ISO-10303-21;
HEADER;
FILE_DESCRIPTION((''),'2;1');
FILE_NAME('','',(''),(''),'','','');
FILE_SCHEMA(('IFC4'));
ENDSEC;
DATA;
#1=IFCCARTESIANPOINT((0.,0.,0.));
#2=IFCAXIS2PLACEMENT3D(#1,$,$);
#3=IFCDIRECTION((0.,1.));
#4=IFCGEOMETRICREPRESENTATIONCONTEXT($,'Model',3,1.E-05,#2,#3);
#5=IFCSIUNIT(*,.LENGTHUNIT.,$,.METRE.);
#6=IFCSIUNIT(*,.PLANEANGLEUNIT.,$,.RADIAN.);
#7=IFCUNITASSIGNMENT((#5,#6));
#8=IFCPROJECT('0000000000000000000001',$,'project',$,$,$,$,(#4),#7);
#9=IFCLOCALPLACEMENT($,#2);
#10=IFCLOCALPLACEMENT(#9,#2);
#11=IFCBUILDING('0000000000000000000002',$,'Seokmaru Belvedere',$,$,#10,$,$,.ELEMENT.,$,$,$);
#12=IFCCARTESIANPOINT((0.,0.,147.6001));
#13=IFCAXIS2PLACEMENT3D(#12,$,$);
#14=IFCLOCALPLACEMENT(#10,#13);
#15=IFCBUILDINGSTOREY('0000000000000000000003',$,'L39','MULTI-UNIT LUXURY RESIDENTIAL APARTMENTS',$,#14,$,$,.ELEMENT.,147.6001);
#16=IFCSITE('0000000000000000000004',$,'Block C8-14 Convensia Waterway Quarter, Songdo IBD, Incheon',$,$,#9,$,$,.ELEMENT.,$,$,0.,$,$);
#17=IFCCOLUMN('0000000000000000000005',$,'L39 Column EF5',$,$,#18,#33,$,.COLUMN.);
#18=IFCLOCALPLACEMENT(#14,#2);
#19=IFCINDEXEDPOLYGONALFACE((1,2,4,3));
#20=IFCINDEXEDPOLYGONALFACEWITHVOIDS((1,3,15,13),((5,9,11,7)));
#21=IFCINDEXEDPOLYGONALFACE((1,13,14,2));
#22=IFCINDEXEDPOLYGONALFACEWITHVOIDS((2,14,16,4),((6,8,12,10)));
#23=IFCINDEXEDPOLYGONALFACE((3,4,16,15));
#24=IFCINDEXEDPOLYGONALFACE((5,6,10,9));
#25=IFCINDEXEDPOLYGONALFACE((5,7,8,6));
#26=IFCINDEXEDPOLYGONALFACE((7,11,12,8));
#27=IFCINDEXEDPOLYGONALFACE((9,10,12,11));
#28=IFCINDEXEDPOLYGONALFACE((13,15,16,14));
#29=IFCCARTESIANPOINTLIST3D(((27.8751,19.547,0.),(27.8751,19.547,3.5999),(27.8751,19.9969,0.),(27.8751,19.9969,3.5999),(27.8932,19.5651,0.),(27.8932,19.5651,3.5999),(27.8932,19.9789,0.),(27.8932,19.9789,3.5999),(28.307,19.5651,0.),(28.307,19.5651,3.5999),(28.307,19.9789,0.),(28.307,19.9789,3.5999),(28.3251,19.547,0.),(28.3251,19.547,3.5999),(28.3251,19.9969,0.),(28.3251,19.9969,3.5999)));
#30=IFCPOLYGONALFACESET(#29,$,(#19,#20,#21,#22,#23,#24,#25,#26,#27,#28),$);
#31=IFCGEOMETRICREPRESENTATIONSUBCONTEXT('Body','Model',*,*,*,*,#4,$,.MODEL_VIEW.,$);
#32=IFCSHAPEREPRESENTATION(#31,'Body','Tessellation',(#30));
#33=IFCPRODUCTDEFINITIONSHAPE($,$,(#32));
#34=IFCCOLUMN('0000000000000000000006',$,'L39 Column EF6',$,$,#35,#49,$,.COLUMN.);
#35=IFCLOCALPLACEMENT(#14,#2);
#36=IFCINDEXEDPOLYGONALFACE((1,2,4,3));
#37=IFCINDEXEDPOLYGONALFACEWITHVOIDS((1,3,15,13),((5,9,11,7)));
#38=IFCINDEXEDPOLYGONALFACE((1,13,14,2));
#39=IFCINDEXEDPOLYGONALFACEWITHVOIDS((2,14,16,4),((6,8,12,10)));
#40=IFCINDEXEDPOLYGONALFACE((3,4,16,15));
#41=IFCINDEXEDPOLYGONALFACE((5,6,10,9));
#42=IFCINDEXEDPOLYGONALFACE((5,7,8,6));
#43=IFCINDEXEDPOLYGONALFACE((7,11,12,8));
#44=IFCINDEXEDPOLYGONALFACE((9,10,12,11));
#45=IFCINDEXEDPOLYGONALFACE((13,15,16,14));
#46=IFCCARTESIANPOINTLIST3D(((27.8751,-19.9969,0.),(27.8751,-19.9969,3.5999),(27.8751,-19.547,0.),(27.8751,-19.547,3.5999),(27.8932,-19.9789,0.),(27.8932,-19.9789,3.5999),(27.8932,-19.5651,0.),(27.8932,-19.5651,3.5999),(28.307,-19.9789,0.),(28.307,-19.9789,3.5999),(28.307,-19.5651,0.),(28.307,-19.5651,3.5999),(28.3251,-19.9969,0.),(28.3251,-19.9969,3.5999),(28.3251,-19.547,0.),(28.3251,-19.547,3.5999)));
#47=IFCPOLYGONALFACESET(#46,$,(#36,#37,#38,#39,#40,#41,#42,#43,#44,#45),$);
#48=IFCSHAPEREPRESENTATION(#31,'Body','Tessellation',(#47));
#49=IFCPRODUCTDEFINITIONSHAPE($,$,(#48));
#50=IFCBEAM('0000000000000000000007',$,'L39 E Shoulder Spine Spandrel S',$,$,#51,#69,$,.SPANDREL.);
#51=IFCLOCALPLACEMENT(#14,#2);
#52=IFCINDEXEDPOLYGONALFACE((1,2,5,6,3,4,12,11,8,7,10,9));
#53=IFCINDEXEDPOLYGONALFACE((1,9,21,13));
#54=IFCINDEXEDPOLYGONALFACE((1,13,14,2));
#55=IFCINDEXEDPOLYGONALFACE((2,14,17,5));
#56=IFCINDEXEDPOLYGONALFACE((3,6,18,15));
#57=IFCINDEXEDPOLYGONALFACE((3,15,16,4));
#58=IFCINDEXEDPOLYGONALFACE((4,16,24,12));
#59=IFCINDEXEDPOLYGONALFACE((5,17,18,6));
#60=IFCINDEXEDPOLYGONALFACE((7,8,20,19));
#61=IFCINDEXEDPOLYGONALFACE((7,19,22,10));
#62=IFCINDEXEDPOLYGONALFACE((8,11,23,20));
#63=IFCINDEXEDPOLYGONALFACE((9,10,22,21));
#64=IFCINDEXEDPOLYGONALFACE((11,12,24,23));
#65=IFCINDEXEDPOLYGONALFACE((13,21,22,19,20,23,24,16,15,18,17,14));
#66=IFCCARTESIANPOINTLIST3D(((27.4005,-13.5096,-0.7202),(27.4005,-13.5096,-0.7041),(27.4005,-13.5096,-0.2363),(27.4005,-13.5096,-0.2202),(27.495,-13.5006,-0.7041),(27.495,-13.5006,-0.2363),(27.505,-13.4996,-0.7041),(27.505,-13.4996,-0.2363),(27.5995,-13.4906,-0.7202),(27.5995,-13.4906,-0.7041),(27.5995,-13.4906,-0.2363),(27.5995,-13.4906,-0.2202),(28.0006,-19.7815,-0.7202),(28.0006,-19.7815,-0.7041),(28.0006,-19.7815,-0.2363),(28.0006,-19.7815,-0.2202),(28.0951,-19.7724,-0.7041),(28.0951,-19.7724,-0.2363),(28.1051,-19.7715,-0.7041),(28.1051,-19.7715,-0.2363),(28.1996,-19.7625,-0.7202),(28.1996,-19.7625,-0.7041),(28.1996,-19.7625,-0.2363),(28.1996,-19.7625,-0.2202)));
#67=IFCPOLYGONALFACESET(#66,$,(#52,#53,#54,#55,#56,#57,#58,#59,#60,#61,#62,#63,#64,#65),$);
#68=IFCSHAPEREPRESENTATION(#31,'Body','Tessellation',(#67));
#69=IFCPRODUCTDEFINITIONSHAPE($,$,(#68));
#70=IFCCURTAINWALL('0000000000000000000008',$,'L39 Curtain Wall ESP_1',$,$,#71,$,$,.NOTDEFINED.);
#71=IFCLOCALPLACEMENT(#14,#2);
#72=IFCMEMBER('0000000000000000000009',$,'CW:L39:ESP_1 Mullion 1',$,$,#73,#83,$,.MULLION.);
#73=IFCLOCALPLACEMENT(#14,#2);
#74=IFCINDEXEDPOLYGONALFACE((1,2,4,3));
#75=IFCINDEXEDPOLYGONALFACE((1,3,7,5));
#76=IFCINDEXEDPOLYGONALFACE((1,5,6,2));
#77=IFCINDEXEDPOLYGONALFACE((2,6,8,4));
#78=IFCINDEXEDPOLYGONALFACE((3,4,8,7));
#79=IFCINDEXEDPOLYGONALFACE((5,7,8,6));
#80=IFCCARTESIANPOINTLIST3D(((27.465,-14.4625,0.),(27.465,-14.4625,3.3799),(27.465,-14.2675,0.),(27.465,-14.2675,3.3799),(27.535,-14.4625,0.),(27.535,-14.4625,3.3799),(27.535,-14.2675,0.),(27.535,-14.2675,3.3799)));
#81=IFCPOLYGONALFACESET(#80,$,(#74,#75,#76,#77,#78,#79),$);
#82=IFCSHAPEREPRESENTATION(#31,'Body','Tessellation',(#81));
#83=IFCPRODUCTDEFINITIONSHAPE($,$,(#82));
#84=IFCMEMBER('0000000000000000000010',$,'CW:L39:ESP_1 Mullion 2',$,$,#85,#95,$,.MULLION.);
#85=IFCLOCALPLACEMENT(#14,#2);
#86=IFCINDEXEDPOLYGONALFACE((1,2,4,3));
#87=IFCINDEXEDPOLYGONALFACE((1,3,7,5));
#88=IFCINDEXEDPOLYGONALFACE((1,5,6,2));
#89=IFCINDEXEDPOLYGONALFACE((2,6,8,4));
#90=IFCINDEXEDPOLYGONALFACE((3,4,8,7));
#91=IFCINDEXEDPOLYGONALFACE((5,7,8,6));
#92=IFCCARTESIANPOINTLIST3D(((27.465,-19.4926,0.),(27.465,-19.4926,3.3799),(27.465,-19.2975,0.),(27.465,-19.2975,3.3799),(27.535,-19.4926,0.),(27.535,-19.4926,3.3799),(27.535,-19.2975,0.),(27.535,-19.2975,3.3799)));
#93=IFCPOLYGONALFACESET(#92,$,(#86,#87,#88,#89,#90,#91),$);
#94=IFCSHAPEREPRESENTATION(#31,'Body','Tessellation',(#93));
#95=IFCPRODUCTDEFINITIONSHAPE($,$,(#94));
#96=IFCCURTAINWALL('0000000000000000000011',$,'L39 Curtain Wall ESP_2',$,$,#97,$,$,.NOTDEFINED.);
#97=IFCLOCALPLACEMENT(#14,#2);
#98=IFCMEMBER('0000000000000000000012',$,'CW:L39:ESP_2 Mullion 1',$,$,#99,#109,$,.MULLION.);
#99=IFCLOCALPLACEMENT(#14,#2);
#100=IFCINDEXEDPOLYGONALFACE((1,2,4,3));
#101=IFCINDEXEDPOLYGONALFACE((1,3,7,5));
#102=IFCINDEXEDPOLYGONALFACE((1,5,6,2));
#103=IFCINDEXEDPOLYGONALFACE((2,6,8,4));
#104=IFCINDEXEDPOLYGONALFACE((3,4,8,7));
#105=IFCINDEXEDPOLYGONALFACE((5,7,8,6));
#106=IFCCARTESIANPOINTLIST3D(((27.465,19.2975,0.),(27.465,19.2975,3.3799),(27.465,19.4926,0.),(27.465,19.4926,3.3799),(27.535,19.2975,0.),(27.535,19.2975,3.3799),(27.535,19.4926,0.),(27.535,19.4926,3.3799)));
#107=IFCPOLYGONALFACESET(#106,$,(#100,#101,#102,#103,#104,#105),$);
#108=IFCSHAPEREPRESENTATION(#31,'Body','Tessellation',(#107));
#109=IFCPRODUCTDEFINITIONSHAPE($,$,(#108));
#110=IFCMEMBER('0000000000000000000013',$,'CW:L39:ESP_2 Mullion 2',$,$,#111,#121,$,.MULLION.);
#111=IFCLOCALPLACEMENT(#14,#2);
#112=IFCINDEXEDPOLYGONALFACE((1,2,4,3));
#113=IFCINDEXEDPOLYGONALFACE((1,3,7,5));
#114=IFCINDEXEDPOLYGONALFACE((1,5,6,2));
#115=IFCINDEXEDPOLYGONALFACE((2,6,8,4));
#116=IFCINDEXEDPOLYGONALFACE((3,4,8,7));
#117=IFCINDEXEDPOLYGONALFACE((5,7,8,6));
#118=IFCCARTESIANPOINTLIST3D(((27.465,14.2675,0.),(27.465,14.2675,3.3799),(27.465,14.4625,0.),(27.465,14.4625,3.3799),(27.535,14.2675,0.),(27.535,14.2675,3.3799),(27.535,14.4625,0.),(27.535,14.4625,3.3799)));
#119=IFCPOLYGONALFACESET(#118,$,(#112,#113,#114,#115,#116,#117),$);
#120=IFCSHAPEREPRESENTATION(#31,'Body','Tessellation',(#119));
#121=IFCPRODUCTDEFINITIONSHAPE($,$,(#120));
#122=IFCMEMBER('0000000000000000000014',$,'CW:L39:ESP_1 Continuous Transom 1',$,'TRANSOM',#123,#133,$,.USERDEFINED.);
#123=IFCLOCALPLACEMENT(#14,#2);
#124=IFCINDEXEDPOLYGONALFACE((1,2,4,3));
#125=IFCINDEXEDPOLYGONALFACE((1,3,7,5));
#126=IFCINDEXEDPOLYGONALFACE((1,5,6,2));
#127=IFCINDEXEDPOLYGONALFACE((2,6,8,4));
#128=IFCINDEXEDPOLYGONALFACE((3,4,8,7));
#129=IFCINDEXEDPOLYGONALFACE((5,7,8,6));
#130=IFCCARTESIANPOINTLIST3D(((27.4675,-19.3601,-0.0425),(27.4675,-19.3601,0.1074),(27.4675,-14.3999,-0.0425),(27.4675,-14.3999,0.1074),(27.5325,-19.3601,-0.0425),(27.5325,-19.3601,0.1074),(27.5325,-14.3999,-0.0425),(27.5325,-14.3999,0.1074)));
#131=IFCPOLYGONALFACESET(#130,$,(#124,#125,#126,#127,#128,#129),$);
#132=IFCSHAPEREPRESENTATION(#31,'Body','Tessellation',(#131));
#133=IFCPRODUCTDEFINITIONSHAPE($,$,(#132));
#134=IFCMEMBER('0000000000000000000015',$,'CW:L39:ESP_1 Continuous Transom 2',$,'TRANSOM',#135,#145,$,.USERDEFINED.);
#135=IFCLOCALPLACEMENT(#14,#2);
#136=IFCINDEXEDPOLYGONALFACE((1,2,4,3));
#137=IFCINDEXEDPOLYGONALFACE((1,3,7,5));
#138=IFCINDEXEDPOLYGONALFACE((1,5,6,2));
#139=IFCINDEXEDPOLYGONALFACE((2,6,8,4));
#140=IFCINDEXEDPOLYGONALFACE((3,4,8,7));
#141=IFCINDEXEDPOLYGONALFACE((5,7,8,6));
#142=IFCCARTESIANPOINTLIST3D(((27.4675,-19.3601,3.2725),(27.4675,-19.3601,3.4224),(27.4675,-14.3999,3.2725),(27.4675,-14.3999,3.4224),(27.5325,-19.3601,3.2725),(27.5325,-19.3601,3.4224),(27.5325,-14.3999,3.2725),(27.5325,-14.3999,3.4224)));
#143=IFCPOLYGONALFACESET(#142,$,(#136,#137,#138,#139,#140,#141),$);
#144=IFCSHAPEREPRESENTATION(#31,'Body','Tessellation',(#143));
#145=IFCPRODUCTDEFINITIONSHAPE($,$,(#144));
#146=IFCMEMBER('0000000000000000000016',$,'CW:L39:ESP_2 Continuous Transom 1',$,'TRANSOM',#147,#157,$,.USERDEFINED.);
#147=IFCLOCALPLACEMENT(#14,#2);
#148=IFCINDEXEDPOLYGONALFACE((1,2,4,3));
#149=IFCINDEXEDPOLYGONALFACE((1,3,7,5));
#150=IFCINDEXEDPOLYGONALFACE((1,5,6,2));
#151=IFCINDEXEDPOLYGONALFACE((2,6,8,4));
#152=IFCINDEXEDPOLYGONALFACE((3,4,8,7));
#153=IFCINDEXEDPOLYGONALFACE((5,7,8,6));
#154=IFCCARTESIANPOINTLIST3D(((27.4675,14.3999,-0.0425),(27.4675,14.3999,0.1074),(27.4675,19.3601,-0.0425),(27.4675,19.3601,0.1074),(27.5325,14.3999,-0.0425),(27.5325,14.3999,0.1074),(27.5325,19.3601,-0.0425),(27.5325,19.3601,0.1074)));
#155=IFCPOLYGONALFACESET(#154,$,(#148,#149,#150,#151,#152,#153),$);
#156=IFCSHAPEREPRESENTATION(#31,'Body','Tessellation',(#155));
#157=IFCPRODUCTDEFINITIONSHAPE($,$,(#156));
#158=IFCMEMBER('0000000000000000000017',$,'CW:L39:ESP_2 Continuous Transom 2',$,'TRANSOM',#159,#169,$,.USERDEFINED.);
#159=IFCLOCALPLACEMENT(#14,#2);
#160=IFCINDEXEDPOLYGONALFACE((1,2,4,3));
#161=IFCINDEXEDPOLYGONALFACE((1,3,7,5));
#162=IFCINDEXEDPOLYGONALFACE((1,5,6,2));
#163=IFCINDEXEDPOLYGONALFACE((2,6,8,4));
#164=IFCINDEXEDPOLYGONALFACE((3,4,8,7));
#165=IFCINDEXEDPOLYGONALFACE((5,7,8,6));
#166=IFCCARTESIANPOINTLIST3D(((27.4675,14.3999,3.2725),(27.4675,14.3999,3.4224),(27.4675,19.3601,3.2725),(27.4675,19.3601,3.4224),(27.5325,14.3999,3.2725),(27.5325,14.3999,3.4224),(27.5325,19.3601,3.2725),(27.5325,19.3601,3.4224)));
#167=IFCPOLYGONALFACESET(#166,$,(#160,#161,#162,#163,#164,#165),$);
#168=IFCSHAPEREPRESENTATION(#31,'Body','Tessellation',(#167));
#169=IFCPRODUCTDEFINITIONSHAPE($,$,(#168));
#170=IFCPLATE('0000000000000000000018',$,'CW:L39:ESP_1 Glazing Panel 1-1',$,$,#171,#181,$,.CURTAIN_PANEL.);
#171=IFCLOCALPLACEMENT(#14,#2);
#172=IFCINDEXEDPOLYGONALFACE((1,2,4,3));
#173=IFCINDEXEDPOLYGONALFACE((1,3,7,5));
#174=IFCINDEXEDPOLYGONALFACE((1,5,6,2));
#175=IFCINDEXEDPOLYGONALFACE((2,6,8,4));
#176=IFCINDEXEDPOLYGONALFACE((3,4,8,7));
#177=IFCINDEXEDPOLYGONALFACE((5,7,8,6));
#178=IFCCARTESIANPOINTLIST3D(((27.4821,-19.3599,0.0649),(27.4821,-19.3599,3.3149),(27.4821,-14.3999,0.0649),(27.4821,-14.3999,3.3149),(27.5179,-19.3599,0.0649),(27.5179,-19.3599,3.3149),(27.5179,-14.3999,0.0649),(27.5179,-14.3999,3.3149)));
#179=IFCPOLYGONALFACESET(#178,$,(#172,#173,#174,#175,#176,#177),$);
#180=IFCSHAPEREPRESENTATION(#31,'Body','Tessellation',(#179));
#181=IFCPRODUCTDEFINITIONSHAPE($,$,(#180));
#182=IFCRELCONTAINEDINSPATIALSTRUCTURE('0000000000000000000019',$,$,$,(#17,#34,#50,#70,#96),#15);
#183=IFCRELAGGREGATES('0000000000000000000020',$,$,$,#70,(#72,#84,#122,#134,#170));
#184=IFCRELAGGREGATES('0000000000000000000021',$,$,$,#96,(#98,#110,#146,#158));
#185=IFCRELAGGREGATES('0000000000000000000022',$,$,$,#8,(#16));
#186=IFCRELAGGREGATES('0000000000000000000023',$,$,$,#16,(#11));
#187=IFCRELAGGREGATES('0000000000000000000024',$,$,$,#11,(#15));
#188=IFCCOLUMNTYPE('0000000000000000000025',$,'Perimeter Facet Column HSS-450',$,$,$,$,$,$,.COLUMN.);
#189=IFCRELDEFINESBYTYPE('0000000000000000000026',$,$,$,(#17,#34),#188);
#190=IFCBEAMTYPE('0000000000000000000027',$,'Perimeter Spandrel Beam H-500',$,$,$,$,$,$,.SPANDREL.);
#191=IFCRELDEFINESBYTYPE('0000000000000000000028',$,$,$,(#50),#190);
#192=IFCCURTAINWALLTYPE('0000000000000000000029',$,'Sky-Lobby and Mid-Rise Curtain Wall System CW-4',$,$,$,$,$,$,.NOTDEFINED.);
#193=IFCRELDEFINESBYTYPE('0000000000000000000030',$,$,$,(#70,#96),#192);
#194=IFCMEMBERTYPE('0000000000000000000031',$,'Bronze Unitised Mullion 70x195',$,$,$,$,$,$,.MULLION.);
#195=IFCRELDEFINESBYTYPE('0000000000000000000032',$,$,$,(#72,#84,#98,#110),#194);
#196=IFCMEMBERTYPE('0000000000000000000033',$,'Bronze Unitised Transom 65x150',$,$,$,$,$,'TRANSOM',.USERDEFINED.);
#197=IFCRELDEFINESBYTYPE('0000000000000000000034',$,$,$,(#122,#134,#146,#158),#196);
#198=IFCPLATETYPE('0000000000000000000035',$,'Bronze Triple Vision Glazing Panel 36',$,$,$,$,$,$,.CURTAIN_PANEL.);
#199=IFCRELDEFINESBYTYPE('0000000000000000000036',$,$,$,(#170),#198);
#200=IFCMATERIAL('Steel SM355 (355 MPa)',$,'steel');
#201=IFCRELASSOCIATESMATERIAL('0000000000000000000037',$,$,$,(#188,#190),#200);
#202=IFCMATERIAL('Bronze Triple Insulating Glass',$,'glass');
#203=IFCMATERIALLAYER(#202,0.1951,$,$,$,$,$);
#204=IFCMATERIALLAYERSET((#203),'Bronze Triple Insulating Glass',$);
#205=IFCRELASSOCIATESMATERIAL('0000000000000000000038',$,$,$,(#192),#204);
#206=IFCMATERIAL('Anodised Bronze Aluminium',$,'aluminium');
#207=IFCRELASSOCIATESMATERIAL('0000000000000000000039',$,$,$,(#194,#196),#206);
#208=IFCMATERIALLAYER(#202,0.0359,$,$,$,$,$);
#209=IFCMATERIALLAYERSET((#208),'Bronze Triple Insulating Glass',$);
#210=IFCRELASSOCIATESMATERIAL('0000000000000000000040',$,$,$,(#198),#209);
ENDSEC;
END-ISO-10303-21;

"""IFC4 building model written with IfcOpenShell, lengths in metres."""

from ifc_helpers import new_model, si_unit, direction, frame, origin, origin_2d, place, context, subcontext, project, spatial, rectangle, hollow_rectangle, i_section, extrude, source, transform, mapped, material, layer, layer_set, material_profile, profile_set, type_object, type_shapes, element, aggregate, save


model = new_model("IFC4")

# Units and contexts
model_context = context("Model", 3, precision=1e-05, world=origin(), true_north=direction((0.0, 1.0)))
body_context = subcontext(model_context, "Body", "Model", "MODEL_VIEW")
ifc_project = project(units=[si_unit("LENGTHUNIT", "METRE"), si_unit("PLANEANGLEUNIT", "RADIAN")], contexts=[model_context])

# Site, building, storey
site_placement = place(None, origin())
site = spatial("IfcSite", under=ifc_project, at=site_placement, Name="Block C8-14 Convensia Waterway Quarter, Songdo IBD, Incheon", CompositionType="ELEMENT", RefElevation=0.0)
building_placement = place(site_placement, origin())
building = spatial("IfcBuilding", under=site, at=building_placement, Name="Seokmaru Belvedere", CompositionType="ELEMENT")
storey_placement = place(building_placement, frame((0.0, 0.0, 147.6001)))
storey = spatial("IfcBuildingStorey", under=building, at=storey_placement, Name="L39", Description="MULTI-UNIT LUXURY RESIDENTIAL APARTMENTS", CompositionType="ELEMENT", Elevation=147.6001)

# Columns
ifc_material_1 = material(Name="Steel SM355 (355 MPa)", Category="steel")
ifc_material_profile_1 = material_profile(ifc_material_1, hollow_rectangle(XDim=0.45, YDim=0.45, WallThickness=0.0181, at=origin_2d()), Name="HSS-450x450x18")
ifc_profile_set_1 = profile_set([ifc_material_profile_1], Name="Steel SM355 (355 MPa)")
column_type = type_object("IfcColumnType", Name="Perimeter Facet Column HSS-450", PredefinedType="COLUMN", material=ifc_profile_set_1)
shared_shape_1 = source(origin(), body_context, "Body", "SweptSolid", [
    extrude(hollow_rectangle(XDim=0.45, YDim=0.45, WallThickness=0.0181, at=origin_2d()), origin(), (0.0, 0.0, 1.0), 3.5999),
])
type_shapes(column_type, [shared_shape_1])
for number, where, z_axis, x_axis, name in (
    (1, (28.1001, 19.772, 0.0), (0.0, 0.0, 1.0), (1.0, 0.0, 0.0), "L39 Column EF5"),
    (2, (28.1001, -19.772, 0.0), (0.0, 0.0, 1.0), (1.0, 0.0, 0.0), "L39 Column EF6"),
):
    element("IfcColumn", number, at=place(storey_placement, frame(where, z_axis=z_axis, x_axis=x_axis)), inside=storey, type_object=column_type, Name=name, PredefinedType="COLUMN", context=body_context, shape_type="MappedRepresentation", body=[
        mapped(shared_shape_1, transform((0.0, 0.0, 0.0), scale=1.0)),
    ])

# Beam
ifc_material_profile_2 = material_profile(ifc_material_1, i_section(OverallWidth=0.2, OverallDepth=0.5, WebThickness=0.01, FlangeThickness=0.0161, at=origin_2d()), Name="H-500x200x10x16")
ifc_profile_set_2 = profile_set([ifc_material_profile_2], Name="Steel SM355 (355 MPa)")
beam_type = type_object("IfcBeamType", Name="Perimeter Spandrel Beam H-500", PredefinedType="SPANDREL", material=ifc_profile_set_2)
shared_shape_2 = source(origin(), body_context, "Body", "SweptSolid", [
    extrude(i_section(OverallWidth=0.2, OverallDepth=0.5, WebThickness=0.01, FlangeThickness=0.0161, at=origin_2d()), origin(), (0.0, 0.0, 1.0), 6.3005),
])
type_shapes(beam_type, [shared_shape_2])
beam_placement = place(storey_placement, frame((28.1001, -19.772, -0.4702), z_axis=(-0.095244, 0.995454, 0.0), x_axis=(-0.995454, -0.095244, 0.0)))
element("IfcBeam", 3, at=beam_placement, inside=storey, type_object=beam_type, Name="L39 E Shoulder Spine Spandrel S", PredefinedType="SPANDREL", context=body_context, shape_type="MappedRepresentation", body=[
    mapped(shared_shape_2, transform((0.0, 0.0, 0.0), scale=1.0)),
])

# Curtain walls, members
ifc_material_2 = material(Name="Bronze Triple Insulating Glass", Category="glass")
ifc_layer_1 = layer(ifc_material_2, 0.1951)
ifc_layer_set_1 = layer_set([ifc_layer_1], Name="Bronze Triple Insulating Glass")
curtain_wall_type = type_object("IfcCurtainWallType", Name="Sky-Lobby and Mid-Rise Curtain Wall System CW-4", PredefinedType="NOTDEFINED", material=ifc_layer_set_1)
curtain_wall_1_placement = place(storey_placement, origin())
curtain_wall_1 = element("IfcCurtainWall", 4, at=curtain_wall_1_placement, inside=storey, type_object=curtain_wall_type, Name="L39 Curtain Wall ESP_1", PredefinedType="NOTDEFINED")
ifc_material_3 = material(Name="Anodised Bronze Aluminium", Category="aluminium")
ifc_material_profile_3 = material_profile(ifc_material_3, rectangle(XDim=0.0701, YDim=0.1951, at=origin_2d()), Name="CW-M-70x195")
ifc_profile_set_3 = profile_set([ifc_material_profile_3], Name="Anodised Bronze Aluminium")
member_type_1 = type_object("IfcMemberType", Name="Bronze Unitised Mullion 70x195", PredefinedType="MULLION", material=ifc_profile_set_3)
shared_shape_3 = source(origin(), body_context, "Body", "SweptSolid", [
    extrude(rectangle(XDim=0.0701, YDim=0.1951, at=origin_2d()), origin(), (0.0, 0.0, 1.0), 3.3799),
])
type_shapes(member_type_1, [shared_shape_3])
member_1_placement = place(storey_placement, frame((27.5, -14.365, 0.0), z_axis=(0.0, 0.0, 1.0), x_axis=(1.0, 0.0, 0.0)))
member_1 = element("IfcMember", 5, at=member_1_placement, type_object=member_type_1, Name="CW:L39:ESP_1 Mullion 1", PredefinedType="MULLION", context=body_context, shape_type="MappedRepresentation", body=[
    mapped(shared_shape_3, transform((0.0, 0.0, 0.0), scale=1.0)),
])
member_2_placement = place(storey_placement, frame((27.5, -19.395, 0.0), z_axis=(0.0, 0.0, 1.0), x_axis=(1.0, 0.0, 0.0)))
member_2 = element("IfcMember", 6, at=member_2_placement, type_object=member_type_1, Name="CW:L39:ESP_1 Mullion 2", PredefinedType="MULLION", context=body_context, shape_type="MappedRepresentation", body=[
    mapped(shared_shape_3, transform((0.0, 0.0, 0.0), scale=1.0)),
])
curtain_wall_2_placement = place(storey_placement, origin())
curtain_wall_2 = element("IfcCurtainWall", 7, at=curtain_wall_2_placement, inside=storey, type_object=curtain_wall_type, Name="L39 Curtain Wall ESP_2", PredefinedType="NOTDEFINED")
member_3_placement = place(storey_placement, frame((27.5, 19.395, 0.0), z_axis=(0.0, 0.0, 1.0), x_axis=(1.0, 0.0, 0.0)))
member_3 = element("IfcMember", 8, at=member_3_placement, type_object=member_type_1, Name="CW:L39:ESP_2 Mullion 1", PredefinedType="MULLION", context=body_context, shape_type="MappedRepresentation", body=[
    mapped(shared_shape_3, transform((0.0, 0.0, 0.0), scale=1.0)),
])
member_4_placement = place(storey_placement, frame((27.5, 14.365, 0.0), z_axis=(0.0, 0.0, 1.0), x_axis=(1.0, 0.0, 0.0)))
member_4 = element("IfcMember", 9, at=member_4_placement, type_object=member_type_1, Name="CW:L39:ESP_2 Mullion 2", PredefinedType="MULLION", context=body_context, shape_type="MappedRepresentation", body=[
    mapped(shared_shape_3, transform((0.0, 0.0, 0.0), scale=1.0)),
])

# Members
ifc_material_profile_4 = material_profile(ifc_material_3, rectangle(XDim=0.0649, YDim=0.1499, at=origin_2d()), Name="CW-T-65x150")
ifc_profile_set_4 = profile_set([ifc_material_profile_4], Name="Anodised Bronze Aluminium")
member_type_2 = type_object("IfcMemberType", Name="Bronze Unitised Transom 65x150", ElementType="TRANSOM", PredefinedType="USERDEFINED", material=ifc_profile_set_4)
shared_shape_4 = source(origin(), body_context, "Body", "SweptSolid", [
    extrude(rectangle(XDim=0.0649, YDim=0.1499, at=origin_2d()), origin(), (0.0, 0.0, 1.0), 4.9602),
])
type_shapes(member_type_2, [shared_shape_4])
member_5_placement = place(storey_placement, frame((27.5, -14.3999, 0.0325), z_axis=(0.0, -1.0, 0.0), x_axis=(1.0, 0.0, 0.0)))
member_5 = element("IfcMember", 10, at=member_5_placement, type_object=member_type_2, Name="CW:L39:ESP_1 Continuous Transom 1", ObjectType="TRANSOM", PredefinedType="USERDEFINED", context=body_context, shape_type="MappedRepresentation", body=[
    mapped(shared_shape_4, transform((0.0, 0.0, 0.0), scale=1.0)),
])
member_6_placement = place(storey_placement, frame((27.5, -14.3999, 3.3474), z_axis=(0.0, -1.0, 0.0), x_axis=(1.0, 0.0, 0.0)))
member_6 = element("IfcMember", 11, at=member_6_placement, type_object=member_type_2, Name="CW:L39:ESP_1 Continuous Transom 2", ObjectType="TRANSOM", PredefinedType="USERDEFINED", context=body_context, shape_type="MappedRepresentation", body=[
    mapped(shared_shape_4, transform((0.0, 0.0, 0.0), scale=1.0)),
])
member_7_placement = place(storey_placement, frame((27.5, 19.3601, 0.0325), z_axis=(0.0, -1.0, 0.0), x_axis=(1.0, 0.0, 0.0)))
member_7 = element("IfcMember", 12, at=member_7_placement, type_object=member_type_2, Name="CW:L39:ESP_2 Continuous Transom 1", ObjectType="TRANSOM", PredefinedType="USERDEFINED", context=body_context, shape_type="MappedRepresentation", body=[
    mapped(shared_shape_4, transform((0.0, 0.0, 0.0), scale=1.0)),
])
member_8_placement = place(storey_placement, frame((27.5, 19.3601, 3.3474), z_axis=(0.0, -1.0, 0.0), x_axis=(1.0, 0.0, 0.0)))
member_8 = element("IfcMember", 13, at=member_8_placement, type_object=member_type_2, Name="CW:L39:ESP_2 Continuous Transom 2", ObjectType="TRANSOM", PredefinedType="USERDEFINED", context=body_context, shape_type="MappedRepresentation", body=[
    mapped(shared_shape_4, transform((0.0, 0.0, 0.0), scale=1.0)),
])

# Plate
ifc_layer_2 = layer(ifc_material_2, 0.0359)
ifc_layer_set_2 = layer_set([ifc_layer_2], Name="Bronze Triple Insulating Glass")
plate_type = type_object("IfcPlateType", Name="Bronze Triple Vision Glazing Panel 36", PredefinedType="CURTAIN_PANEL", material=ifc_layer_set_2)
shared_shape_5 = source(origin(), body_context, "Body", "SweptSolid", [
    extrude(rectangle(XDim=4.96, YDim=0.0359, at=origin_2d()), origin(), (0.0, 0.0, 1.0), 3.25),
])
type_shapes(plate_type, [shared_shape_5])
plate_1_placement = place(storey_placement, frame((27.5, -16.8799, 0.0649), z_axis=(0.0, 0.0, 1.0), x_axis=(0.0, -1.0, 0.0)))
plate_1 = element("IfcPlate", 14, at=plate_1_placement, type_object=plate_type, Name="CW:L39:ESP_1 Glazing Panel 1-1", PredefinedType="CURTAIN_PANEL", context=body_context, shape_type="MappedRepresentation", body=[
    mapped(shared_shape_5, transform((0.0, 0.0, 0.0), scale=1.0)),
])
aggregate(curtain_wall_1, [member_1, member_2, member_5, member_6, plate_1])
aggregate(curtain_wall_2, [member_3, member_4, member_7, member_8])

save(model, "model.ifc")
